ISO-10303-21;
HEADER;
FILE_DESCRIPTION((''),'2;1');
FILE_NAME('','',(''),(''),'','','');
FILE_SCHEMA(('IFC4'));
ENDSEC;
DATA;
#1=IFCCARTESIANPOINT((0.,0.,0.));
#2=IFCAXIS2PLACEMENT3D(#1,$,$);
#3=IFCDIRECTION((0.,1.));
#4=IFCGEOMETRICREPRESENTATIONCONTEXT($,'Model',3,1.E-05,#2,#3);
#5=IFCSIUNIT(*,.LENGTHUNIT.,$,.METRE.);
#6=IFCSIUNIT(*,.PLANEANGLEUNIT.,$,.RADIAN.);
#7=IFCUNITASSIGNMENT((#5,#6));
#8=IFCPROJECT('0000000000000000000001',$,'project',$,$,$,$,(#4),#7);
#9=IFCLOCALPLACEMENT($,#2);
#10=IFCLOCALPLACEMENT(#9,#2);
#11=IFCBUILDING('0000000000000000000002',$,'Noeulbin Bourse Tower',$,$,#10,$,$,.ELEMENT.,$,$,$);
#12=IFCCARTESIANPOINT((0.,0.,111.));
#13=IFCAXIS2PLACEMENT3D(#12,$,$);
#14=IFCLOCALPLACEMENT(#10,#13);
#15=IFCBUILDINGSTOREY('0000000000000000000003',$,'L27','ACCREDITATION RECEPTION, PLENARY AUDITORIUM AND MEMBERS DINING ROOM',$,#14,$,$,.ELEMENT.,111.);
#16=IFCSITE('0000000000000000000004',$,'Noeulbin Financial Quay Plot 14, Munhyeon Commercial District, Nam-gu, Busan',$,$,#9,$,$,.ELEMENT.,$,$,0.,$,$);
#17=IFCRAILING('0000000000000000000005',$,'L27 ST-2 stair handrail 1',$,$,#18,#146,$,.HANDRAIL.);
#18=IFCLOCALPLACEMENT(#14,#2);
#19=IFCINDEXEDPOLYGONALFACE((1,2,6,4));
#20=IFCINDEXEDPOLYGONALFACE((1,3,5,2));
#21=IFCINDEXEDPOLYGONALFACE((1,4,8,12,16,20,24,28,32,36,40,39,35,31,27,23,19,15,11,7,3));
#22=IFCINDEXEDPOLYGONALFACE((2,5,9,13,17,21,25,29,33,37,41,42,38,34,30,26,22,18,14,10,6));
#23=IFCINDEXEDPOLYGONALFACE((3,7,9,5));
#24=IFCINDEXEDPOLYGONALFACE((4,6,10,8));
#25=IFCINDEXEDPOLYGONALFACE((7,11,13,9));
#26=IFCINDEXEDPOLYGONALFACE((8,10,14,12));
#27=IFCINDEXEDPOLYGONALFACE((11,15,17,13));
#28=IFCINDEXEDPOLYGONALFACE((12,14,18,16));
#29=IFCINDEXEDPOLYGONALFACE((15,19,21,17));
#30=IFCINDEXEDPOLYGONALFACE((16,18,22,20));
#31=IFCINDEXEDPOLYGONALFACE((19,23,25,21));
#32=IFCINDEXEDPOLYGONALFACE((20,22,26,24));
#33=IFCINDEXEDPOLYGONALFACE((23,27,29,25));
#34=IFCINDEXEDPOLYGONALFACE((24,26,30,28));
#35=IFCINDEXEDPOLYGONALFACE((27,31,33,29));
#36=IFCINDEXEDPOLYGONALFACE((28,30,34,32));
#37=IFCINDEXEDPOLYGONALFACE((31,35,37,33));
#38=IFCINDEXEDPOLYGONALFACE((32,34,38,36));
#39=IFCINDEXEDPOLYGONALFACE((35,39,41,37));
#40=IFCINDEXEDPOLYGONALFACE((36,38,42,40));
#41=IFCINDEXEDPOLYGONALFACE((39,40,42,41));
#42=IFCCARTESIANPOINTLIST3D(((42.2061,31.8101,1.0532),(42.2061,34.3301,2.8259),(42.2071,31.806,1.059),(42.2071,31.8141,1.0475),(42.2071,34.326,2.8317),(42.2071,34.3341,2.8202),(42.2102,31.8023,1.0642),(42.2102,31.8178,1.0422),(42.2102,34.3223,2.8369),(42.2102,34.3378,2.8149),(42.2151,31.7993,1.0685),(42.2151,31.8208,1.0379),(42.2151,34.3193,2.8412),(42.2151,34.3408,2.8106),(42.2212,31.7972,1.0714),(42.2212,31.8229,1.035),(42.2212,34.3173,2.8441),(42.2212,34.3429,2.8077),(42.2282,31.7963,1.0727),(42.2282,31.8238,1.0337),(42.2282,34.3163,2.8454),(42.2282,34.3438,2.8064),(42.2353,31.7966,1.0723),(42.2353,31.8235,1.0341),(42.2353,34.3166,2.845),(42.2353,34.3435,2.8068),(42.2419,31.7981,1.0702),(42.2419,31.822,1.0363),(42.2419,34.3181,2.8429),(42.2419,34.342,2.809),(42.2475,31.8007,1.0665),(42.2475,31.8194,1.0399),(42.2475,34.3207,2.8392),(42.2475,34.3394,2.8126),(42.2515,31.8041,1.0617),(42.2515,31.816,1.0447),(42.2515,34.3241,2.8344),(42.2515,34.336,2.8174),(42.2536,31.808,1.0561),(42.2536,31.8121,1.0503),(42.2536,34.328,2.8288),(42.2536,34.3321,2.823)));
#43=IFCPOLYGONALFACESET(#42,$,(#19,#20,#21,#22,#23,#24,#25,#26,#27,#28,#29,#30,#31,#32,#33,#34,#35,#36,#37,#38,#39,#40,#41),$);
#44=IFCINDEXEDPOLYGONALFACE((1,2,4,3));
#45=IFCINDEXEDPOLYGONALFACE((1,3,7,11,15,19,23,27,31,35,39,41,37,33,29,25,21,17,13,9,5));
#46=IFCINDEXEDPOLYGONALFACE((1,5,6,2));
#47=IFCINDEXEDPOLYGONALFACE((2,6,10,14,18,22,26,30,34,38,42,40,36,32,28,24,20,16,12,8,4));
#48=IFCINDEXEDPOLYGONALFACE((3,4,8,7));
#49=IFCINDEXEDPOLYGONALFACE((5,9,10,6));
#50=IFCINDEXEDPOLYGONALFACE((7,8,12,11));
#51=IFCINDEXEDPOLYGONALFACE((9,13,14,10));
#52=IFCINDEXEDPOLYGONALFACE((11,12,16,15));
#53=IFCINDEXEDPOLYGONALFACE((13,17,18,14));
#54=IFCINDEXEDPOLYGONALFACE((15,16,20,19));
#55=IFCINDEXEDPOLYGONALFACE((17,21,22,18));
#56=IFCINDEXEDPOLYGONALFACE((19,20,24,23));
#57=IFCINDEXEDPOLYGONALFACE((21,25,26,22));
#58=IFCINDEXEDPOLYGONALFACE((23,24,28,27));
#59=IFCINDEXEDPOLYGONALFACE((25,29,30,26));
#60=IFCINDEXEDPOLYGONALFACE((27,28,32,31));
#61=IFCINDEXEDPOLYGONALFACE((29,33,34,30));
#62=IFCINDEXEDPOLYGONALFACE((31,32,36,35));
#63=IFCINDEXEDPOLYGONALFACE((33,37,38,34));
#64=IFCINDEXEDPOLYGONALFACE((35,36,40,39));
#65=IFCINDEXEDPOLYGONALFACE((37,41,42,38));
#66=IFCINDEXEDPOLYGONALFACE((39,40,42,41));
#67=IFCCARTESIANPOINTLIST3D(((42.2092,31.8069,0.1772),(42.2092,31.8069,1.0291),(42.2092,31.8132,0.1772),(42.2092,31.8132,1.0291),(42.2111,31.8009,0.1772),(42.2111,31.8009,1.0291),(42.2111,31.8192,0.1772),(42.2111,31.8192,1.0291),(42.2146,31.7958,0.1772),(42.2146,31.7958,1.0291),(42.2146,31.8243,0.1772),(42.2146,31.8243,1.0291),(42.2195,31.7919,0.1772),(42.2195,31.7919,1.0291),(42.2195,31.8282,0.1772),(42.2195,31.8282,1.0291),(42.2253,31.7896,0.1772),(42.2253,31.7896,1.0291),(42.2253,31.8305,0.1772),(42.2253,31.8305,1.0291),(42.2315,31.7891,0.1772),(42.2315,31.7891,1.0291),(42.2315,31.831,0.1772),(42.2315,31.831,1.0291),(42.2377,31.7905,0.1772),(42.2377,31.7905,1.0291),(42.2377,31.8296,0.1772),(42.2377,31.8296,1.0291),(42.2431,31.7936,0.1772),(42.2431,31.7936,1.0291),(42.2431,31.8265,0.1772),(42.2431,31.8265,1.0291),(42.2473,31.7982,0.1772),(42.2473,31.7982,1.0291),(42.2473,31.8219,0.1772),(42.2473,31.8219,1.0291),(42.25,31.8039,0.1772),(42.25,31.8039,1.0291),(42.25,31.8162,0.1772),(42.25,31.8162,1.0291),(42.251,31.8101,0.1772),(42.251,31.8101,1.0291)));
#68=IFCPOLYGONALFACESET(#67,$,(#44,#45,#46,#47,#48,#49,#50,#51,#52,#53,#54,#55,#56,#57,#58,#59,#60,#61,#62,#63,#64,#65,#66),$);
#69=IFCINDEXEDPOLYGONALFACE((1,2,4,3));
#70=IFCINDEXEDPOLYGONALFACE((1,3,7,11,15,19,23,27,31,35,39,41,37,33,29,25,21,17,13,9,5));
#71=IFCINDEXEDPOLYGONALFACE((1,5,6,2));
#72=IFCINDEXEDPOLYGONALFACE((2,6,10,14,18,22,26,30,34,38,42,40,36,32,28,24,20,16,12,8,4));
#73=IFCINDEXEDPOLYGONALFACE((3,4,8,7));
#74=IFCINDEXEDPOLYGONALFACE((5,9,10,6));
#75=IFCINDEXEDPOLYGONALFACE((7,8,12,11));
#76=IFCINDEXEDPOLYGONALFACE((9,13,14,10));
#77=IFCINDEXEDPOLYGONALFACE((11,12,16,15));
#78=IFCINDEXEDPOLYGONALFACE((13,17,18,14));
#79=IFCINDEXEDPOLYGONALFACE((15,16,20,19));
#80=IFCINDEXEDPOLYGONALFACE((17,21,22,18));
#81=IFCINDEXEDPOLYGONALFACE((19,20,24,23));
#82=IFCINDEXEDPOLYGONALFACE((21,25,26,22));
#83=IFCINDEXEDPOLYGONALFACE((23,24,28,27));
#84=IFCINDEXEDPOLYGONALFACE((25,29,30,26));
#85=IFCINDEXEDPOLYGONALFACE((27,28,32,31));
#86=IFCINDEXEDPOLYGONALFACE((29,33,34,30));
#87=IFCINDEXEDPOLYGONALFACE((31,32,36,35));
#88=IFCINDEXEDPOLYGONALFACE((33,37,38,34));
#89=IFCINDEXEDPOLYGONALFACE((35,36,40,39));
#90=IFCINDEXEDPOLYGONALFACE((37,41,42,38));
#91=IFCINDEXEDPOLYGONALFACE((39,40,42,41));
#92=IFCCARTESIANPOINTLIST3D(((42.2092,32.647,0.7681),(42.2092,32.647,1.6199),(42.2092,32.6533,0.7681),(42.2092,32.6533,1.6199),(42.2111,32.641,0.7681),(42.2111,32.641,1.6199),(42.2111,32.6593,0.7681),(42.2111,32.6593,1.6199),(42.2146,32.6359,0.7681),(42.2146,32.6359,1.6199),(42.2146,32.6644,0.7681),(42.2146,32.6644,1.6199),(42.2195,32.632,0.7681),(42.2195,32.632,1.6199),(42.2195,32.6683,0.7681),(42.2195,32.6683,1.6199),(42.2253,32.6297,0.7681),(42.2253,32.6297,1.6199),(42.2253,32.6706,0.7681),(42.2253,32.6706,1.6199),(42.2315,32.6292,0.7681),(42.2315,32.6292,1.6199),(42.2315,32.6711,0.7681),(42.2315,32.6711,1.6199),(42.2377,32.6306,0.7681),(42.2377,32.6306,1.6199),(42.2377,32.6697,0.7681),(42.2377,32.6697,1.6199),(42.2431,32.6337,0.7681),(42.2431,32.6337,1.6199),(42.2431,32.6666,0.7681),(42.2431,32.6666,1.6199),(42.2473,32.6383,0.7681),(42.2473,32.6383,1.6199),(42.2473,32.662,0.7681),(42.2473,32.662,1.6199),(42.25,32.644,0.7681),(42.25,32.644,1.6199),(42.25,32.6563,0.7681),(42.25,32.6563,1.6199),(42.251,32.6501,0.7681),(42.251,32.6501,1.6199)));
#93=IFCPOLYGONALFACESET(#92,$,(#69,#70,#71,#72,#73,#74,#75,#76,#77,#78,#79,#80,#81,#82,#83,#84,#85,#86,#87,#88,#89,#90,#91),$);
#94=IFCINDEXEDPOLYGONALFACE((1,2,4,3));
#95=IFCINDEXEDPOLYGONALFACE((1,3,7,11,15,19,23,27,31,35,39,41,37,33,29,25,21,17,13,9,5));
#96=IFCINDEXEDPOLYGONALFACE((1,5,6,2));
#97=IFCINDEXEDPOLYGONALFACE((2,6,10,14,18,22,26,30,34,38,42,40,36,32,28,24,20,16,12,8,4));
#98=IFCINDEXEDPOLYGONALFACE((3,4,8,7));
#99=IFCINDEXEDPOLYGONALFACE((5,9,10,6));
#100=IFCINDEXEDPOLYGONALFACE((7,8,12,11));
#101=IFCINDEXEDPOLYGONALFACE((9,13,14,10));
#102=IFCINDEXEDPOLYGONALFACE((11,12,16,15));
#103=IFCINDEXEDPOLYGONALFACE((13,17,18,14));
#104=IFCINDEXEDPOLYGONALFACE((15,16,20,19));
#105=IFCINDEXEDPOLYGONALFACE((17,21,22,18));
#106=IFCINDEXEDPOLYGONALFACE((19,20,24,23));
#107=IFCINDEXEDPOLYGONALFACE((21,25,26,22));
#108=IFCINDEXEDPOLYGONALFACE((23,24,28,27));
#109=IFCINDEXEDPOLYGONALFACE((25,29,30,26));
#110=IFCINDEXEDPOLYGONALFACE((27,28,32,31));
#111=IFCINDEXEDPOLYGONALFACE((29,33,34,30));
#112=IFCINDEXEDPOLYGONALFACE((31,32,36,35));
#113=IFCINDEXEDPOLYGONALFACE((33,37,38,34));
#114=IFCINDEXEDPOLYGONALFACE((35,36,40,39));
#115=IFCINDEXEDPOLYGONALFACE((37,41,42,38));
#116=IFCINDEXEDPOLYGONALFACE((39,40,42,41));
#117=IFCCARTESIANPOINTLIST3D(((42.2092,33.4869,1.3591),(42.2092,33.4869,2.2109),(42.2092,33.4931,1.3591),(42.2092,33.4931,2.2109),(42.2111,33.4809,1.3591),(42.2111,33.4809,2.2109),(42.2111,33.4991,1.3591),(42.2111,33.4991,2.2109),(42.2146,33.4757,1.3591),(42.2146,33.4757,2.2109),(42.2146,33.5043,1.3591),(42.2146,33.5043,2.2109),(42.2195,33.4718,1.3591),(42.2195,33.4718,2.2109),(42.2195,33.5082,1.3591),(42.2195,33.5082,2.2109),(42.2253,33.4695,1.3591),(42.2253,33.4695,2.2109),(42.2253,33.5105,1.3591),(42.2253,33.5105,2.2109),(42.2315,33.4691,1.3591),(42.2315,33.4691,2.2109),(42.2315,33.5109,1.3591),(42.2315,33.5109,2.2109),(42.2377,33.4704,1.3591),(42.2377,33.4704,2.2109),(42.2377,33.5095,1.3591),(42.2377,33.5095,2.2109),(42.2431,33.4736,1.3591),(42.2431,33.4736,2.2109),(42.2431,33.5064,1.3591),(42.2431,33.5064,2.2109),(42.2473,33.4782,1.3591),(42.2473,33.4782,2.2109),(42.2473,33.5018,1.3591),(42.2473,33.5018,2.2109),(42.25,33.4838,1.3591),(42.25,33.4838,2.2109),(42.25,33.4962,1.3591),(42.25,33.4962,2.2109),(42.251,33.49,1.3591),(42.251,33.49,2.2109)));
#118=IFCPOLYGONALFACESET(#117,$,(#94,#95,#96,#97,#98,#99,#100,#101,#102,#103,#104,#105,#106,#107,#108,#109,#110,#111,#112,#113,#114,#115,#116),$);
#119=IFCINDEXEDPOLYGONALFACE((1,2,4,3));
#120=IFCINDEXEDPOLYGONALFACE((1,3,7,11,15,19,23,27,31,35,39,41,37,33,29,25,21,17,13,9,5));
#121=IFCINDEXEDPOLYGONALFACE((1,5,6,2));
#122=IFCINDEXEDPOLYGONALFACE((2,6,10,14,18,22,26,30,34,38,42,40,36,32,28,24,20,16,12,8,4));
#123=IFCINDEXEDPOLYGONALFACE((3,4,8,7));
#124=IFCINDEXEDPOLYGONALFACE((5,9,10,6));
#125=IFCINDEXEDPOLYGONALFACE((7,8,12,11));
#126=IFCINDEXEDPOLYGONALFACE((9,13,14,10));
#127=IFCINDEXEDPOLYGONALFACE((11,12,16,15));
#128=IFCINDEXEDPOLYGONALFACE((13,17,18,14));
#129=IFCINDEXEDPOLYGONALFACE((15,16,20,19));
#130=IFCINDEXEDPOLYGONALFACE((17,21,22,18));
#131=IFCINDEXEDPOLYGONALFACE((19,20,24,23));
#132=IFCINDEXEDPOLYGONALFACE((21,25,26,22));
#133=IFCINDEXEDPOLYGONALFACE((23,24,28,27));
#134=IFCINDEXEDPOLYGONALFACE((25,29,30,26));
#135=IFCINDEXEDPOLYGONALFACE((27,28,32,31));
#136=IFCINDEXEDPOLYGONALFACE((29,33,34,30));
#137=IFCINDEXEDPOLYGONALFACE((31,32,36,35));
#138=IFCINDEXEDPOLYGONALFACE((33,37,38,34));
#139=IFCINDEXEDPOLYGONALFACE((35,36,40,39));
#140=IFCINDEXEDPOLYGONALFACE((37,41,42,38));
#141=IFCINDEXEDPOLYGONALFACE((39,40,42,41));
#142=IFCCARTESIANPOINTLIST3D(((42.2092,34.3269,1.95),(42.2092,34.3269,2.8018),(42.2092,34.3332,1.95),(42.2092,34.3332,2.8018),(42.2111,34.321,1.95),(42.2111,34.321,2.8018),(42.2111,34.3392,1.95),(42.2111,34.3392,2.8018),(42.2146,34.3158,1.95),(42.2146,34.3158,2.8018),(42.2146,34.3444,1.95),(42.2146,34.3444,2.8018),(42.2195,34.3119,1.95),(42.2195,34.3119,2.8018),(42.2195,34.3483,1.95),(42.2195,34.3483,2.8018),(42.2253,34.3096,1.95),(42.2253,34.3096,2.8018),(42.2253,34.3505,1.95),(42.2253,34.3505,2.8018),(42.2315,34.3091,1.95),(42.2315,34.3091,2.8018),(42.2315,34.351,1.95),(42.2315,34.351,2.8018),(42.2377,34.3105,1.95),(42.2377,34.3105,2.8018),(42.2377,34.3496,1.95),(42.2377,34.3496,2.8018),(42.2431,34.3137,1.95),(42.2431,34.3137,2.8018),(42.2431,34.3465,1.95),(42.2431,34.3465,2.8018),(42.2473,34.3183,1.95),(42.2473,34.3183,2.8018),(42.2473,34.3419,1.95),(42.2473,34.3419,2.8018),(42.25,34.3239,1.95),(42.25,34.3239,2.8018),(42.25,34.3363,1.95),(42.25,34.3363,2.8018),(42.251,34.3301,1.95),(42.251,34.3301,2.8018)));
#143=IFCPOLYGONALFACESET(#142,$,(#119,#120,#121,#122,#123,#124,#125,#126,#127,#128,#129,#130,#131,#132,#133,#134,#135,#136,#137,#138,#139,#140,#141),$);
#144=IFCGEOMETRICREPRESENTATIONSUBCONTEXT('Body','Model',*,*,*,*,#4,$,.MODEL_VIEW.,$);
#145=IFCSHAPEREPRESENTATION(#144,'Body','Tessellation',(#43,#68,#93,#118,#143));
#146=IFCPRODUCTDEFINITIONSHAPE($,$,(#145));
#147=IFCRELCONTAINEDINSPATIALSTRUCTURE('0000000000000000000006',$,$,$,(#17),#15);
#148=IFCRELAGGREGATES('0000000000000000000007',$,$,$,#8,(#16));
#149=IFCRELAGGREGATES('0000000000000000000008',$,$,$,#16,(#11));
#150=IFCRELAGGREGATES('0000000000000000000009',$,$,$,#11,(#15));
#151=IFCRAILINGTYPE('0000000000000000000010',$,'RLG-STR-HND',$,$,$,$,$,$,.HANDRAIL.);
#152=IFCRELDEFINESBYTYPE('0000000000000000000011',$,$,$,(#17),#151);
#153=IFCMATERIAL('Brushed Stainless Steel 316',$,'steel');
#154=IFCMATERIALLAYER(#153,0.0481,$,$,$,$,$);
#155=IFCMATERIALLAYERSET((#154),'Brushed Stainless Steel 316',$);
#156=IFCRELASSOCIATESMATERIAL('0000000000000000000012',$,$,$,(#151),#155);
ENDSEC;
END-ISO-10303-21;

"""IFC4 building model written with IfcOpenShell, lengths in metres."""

from ifc_helpers import new_model, si_unit, direction, frame, origin, origin_2d, place, context, subcontext, project, spatial, circle, extrude, material, layer, layer_set, type_object, element, save


model = new_model("IFC4")

# Units and contexts
model_context = context("Model", 3, precision=1e-05, world=origin(), true_north=direction((0.0, 1.0)))
body_context = subcontext(model_context, "Body", "Model", "MODEL_VIEW")
ifc_project = project(units=[si_unit("LENGTHUNIT", "METRE"), si_unit("PLANEANGLEUNIT", "RADIAN")], contexts=[model_context])

# Site, building, storey
site_placement = place(None, origin())
site = spatial("IfcSite", under=ifc_project, at=site_placement, Name="Noeulbin Financial Quay Plot 14, Munhyeon Commercial District, Nam-gu, Busan", CompositionType="ELEMENT", RefElevation=0.0)
building_placement = place(site_placement, origin())
building = spatial("IfcBuilding", under=site, at=building_placement, Name="Noeulbin Bourse Tower", CompositionType="ELEMENT")
storey_placement = place(building_placement, frame((0.0, 0.0, 111.0)))
storey = spatial("IfcBuildingStorey", under=building, at=storey_placement, Name="L27", Description="ACCREDITATION RECEPTION, PLENARY AUDITORIUM AND MEMBERS DINING ROOM", CompositionType="ELEMENT", Elevation=111.0)

# Railing
ifc_material_1 = material(Name="Brushed Stainless Steel 316", Category="steel")
ifc_layer_1 = layer(ifc_material_1, 0.0481)
ifc_layer_set_1 = layer_set([ifc_layer_1], Name="Brushed Stainless Steel 316")
railing_type_1 = type_object("IfcRailingType", Name="RLG-STR-HND", PredefinedType="HANDRAIL", material=ifc_layer_set_1)
railing_1_placement = place(storey_placement, frame((42.23, 31.8101, 0.1772)))
element("IfcRailing", 1, at=railing_1_placement, inside=storey, type_object=railing_type_1, Name="L27 ST-2 stair handrail 1", PredefinedType="HANDRAIL", context=body_context, shape_type="SweptSolid", body=[
    extrude(circle(Radius=0.0239, at=origin_2d()), frame((0.0, 0.0, 0.876), z_axis=(0.0, 0.817904, 0.575354), x_axis=(-1.0, 0.0, 0.0)), (0.0, 0.0, 1.0), 3.0811),
    extrude(circle(Radius=0.021, at=origin_2d()), origin(), (0.0, 0.0, 1.0), 0.8518),
    extrude(circle(Radius=0.021, at=origin_2d()), frame((0.0, 0.8401, 0.5908)), (0.0, 0.0, 1.0), 0.8518),
    extrude(circle(Radius=0.021, at=origin_2d()), frame((0.0, 1.6799, 1.1819)), (0.0, 0.0, 1.0), 0.8518),
    extrude(circle(Radius=0.021, at=origin_2d()), frame((0.0, 2.52, 1.7727)), (0.0, 0.0, 1.0), 0.8518),
])

save(model, "model.ifc")
